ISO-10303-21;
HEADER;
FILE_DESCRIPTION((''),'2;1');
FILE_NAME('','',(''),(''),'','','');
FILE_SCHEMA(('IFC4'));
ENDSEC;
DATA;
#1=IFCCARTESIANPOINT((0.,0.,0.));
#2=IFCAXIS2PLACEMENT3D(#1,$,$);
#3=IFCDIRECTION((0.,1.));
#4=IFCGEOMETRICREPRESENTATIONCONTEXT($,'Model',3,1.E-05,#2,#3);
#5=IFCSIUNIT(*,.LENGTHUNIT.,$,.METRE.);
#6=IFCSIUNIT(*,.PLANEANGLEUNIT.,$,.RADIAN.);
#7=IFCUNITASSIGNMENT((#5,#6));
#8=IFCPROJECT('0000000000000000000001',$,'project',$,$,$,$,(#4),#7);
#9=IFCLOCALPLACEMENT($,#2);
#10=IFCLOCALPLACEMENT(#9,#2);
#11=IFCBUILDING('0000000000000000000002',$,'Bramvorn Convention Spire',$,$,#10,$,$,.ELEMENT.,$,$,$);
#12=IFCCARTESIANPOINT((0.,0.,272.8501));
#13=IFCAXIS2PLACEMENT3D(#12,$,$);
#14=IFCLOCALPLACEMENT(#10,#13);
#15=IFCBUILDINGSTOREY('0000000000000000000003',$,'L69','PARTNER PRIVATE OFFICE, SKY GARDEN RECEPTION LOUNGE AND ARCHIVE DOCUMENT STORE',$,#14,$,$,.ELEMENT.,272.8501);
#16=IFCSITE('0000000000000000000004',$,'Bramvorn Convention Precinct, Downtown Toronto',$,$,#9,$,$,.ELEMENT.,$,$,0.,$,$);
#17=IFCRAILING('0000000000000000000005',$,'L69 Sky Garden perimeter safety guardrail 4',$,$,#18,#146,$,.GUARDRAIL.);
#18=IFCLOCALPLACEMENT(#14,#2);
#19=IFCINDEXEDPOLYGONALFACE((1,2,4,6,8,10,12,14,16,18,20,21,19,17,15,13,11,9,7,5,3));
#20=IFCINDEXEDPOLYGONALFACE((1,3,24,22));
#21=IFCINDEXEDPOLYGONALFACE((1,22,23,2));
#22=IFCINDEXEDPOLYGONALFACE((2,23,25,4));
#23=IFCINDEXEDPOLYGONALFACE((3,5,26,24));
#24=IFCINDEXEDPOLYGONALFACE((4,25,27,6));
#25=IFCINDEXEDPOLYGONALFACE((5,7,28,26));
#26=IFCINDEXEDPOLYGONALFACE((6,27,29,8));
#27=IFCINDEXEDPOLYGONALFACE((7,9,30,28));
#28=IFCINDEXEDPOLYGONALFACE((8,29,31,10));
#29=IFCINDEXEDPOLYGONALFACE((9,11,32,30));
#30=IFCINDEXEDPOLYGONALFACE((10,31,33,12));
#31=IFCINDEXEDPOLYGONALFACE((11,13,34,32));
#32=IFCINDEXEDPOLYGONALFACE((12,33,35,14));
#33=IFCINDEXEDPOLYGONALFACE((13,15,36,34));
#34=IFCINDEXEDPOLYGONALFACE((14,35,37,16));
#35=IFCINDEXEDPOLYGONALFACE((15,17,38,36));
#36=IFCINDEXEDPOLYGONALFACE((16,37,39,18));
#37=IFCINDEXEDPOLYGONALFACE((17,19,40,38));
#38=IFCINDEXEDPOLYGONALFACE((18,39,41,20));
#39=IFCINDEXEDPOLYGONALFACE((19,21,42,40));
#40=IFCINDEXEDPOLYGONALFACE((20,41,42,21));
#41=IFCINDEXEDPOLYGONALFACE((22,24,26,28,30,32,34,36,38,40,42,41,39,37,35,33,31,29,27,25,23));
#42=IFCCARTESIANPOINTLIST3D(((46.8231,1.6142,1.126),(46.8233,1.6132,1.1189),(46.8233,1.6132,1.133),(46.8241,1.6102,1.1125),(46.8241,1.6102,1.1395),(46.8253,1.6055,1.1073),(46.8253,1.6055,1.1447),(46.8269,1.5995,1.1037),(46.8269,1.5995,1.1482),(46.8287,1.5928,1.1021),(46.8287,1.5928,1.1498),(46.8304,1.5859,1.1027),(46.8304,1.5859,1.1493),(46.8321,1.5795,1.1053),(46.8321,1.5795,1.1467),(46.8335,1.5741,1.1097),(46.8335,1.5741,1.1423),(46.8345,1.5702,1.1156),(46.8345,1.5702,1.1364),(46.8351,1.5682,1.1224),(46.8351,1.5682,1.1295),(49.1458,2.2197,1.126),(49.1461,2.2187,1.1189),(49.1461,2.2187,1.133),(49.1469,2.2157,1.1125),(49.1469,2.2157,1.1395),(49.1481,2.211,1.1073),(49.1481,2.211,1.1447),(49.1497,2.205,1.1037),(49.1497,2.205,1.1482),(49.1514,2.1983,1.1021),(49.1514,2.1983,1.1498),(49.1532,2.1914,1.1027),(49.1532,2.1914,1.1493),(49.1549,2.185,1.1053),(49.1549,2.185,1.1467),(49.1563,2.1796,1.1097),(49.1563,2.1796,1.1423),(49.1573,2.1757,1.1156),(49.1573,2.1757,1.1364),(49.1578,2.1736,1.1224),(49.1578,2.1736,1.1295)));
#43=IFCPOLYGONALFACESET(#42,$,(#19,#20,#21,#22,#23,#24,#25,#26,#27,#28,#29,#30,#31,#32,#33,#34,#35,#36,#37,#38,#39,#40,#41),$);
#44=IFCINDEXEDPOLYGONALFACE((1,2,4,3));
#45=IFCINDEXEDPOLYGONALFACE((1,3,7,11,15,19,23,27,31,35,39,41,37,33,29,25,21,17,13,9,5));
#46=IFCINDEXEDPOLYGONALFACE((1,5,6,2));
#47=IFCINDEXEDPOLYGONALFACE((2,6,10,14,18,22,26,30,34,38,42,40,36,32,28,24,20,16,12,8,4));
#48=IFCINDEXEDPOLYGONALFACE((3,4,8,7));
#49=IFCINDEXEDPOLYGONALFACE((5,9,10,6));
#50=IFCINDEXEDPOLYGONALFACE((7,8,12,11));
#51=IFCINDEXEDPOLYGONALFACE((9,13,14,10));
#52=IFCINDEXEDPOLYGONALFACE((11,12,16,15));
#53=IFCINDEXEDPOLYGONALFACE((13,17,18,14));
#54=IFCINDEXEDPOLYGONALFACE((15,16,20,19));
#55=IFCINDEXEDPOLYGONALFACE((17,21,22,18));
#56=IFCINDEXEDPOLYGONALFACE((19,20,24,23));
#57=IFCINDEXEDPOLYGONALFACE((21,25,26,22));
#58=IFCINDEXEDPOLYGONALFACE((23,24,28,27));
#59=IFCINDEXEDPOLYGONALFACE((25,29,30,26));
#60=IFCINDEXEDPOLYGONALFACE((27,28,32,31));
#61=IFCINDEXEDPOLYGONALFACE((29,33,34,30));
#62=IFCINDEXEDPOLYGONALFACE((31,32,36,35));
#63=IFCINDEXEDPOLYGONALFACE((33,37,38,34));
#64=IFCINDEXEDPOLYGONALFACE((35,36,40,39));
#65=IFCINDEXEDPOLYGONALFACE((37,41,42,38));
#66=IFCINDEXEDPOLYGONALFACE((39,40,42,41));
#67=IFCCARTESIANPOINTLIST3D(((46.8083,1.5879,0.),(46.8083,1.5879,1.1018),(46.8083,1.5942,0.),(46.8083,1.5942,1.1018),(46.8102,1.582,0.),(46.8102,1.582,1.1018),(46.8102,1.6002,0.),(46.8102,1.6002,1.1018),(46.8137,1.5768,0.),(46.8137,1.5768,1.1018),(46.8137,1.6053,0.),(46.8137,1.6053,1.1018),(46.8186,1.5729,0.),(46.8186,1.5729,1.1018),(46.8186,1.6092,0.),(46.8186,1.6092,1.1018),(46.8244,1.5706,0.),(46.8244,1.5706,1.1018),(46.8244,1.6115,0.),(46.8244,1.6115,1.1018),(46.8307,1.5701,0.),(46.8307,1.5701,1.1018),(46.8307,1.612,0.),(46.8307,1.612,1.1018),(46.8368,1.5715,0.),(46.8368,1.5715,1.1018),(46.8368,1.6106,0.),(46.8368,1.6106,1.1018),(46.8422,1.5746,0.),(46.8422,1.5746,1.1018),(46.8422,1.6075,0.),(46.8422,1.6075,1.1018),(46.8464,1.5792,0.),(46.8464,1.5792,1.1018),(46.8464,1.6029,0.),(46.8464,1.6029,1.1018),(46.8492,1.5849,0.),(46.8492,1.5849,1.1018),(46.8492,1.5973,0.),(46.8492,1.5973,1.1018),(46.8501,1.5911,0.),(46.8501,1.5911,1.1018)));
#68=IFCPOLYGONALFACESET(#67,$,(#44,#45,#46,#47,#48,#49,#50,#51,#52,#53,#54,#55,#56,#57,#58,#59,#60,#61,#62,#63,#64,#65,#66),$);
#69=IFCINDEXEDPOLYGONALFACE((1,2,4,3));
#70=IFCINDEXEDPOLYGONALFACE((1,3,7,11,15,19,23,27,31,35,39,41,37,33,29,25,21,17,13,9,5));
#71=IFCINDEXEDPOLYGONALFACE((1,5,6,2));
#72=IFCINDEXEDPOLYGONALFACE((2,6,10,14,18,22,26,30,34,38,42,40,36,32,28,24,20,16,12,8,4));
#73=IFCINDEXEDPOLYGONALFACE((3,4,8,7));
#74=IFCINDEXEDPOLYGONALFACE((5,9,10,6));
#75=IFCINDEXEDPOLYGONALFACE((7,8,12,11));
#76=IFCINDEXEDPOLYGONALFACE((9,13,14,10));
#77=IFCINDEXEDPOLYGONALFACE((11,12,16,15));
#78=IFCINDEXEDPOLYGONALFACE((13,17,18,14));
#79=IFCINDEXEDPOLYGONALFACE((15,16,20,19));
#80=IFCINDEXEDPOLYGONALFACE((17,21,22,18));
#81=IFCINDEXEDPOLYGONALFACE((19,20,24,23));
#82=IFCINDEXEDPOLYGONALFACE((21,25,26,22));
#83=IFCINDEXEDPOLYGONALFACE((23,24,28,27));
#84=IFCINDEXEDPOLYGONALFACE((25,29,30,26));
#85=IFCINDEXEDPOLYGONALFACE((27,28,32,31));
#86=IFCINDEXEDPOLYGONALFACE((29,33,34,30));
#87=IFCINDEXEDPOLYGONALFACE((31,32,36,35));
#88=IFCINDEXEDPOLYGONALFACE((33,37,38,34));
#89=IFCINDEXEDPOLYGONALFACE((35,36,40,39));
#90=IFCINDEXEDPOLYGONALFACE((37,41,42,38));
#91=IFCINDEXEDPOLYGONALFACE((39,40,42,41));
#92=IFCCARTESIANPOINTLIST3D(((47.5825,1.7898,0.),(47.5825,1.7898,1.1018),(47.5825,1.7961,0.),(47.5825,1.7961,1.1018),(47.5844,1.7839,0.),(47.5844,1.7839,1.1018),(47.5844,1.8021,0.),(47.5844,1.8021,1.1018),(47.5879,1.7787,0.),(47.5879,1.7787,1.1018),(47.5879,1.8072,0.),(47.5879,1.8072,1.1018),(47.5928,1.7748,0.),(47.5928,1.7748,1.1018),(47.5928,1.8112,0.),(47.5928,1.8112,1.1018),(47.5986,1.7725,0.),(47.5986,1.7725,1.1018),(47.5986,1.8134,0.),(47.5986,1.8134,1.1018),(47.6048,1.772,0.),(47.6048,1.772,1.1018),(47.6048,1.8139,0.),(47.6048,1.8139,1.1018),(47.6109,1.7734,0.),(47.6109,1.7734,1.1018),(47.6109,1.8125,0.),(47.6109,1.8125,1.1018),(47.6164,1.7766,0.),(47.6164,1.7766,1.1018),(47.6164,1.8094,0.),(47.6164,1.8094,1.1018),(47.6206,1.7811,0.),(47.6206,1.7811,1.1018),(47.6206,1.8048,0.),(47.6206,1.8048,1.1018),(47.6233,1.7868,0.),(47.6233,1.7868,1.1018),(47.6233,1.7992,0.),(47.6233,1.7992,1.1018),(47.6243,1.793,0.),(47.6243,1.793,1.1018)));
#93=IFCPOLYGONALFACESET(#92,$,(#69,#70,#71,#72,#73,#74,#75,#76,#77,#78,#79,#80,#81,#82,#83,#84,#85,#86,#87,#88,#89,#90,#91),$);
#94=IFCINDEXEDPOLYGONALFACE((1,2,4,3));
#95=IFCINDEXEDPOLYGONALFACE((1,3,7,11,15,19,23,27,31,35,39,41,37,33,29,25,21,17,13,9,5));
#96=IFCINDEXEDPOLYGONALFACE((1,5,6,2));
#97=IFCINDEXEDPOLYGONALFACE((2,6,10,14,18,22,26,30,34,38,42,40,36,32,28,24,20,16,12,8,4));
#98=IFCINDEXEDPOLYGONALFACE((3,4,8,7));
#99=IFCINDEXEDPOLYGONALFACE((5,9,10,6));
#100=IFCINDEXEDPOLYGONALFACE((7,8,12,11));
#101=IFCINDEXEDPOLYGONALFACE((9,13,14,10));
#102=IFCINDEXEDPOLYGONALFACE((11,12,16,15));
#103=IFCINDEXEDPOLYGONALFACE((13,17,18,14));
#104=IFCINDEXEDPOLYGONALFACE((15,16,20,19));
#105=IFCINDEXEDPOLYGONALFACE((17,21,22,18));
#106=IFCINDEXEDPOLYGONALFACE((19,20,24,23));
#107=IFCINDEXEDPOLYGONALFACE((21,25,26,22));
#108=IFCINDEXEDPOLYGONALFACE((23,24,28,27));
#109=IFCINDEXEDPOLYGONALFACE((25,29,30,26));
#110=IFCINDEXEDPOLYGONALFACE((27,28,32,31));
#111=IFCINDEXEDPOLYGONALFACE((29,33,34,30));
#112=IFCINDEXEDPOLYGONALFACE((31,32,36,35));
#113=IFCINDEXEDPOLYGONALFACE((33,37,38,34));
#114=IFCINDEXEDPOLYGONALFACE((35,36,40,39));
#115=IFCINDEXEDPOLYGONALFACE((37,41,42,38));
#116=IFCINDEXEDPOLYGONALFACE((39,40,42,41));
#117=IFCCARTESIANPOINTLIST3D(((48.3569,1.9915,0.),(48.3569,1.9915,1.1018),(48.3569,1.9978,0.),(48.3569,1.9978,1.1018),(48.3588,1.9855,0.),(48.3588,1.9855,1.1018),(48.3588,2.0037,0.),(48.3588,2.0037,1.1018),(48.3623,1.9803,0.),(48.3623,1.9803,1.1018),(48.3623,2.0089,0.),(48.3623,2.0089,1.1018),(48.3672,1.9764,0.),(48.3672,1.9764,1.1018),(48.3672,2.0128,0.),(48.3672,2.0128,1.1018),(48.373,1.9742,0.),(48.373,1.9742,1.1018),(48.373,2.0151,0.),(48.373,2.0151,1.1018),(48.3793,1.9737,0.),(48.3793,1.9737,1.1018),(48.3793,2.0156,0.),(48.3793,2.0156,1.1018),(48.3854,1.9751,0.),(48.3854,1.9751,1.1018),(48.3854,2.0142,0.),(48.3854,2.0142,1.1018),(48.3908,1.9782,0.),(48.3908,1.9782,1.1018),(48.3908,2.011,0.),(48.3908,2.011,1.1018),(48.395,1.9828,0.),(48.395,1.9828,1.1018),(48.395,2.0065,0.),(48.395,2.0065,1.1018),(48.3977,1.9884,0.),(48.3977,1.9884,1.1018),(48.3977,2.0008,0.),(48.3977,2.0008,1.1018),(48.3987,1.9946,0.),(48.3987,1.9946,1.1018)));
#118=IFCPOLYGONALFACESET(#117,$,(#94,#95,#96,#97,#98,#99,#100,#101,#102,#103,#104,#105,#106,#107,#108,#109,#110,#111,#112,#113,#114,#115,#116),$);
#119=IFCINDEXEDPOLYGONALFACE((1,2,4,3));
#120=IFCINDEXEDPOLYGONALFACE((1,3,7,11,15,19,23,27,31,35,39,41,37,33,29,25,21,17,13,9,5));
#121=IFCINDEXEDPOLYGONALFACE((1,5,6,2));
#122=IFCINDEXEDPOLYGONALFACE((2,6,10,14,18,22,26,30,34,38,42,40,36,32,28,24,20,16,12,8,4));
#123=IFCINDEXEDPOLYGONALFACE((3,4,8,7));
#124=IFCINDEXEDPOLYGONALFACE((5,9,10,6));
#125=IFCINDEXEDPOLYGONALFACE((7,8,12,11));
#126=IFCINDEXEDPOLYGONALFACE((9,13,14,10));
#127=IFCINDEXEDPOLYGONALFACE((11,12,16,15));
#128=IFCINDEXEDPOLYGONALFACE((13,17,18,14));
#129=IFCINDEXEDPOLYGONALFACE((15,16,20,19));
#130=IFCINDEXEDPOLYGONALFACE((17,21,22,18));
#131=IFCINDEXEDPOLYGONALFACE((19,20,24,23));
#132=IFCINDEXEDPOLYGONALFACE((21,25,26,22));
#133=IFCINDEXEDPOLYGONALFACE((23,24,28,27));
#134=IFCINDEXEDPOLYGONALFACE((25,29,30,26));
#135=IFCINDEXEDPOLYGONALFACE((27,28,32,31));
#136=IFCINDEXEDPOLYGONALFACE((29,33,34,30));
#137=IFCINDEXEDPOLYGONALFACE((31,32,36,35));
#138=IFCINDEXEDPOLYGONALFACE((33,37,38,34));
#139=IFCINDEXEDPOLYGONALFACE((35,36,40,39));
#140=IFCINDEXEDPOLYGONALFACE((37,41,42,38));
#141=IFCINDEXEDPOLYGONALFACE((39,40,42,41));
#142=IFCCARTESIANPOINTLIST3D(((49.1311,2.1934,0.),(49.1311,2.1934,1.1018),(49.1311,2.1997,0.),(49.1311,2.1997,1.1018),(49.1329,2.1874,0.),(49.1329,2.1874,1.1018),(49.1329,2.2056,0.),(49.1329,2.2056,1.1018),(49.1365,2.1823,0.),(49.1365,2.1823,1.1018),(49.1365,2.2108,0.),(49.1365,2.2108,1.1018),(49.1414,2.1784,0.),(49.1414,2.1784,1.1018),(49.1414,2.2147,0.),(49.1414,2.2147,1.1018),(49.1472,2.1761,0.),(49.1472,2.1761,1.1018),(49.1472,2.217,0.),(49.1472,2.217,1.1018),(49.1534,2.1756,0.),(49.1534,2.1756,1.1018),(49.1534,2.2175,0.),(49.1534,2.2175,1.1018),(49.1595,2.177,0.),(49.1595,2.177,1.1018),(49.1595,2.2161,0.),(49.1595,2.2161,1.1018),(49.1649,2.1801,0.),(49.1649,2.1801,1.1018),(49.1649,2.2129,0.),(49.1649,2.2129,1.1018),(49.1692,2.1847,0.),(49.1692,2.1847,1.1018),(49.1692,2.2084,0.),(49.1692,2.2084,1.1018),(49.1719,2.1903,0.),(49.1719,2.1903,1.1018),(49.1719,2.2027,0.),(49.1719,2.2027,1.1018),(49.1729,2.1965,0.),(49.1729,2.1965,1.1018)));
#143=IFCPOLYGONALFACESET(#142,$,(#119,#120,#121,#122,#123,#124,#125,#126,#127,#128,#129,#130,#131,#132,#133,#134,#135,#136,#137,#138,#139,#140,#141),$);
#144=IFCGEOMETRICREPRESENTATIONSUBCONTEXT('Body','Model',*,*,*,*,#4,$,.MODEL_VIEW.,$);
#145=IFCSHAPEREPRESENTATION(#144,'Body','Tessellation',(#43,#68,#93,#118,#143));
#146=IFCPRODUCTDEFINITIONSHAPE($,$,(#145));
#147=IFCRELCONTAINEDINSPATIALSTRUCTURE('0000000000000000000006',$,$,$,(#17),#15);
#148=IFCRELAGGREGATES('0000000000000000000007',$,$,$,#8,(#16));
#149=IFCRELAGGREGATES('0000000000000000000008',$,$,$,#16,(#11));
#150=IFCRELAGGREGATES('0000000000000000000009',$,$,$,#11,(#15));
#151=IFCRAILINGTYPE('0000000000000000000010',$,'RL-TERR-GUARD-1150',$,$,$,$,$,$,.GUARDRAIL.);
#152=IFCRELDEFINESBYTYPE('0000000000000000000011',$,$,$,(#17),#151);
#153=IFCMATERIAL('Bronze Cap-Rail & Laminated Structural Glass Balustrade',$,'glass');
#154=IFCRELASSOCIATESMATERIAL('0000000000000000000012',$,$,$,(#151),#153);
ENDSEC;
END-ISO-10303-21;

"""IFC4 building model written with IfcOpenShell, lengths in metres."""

from ifc_helpers import new_model, si_unit, direction, frame, origin, origin_2d, place, context, subcontext, project, spatial, circle, extrude, material, type_object, element, save


model = new_model("IFC4")

# Units and contexts
model_context = context("Model", 3, precision=1e-05, world=origin(), true_north=direction((0.0, 1.0)))
body_context = subcontext(model_context, "Body", "Model", "MODEL_VIEW")
ifc_project = project(units=[si_unit("LENGTHUNIT", "METRE"), si_unit("PLANEANGLEUNIT", "RADIAN")], contexts=[model_context])

# Site, building, storey
site_placement = place(None, origin())
site = spatial("IfcSite", under=ifc_project, at=site_placement, Name="Bramvorn Convention Precinct, Downtown Toronto", CompositionType="ELEMENT", RefElevation=0.0)
building_placement = place(site_placement, origin())
building = spatial("IfcBuilding", under=site, at=building_placement, Name="Bramvorn Convention Spire", CompositionType="ELEMENT")
storey_placement = place(building_placement, frame((0.0, 0.0, 272.8501)))
storey = spatial("IfcBuildingStorey", under=building, at=storey_placement, Name="L69", Description="PARTNER PRIVATE OFFICE, SKY GARDEN RECEPTION LOUNGE AND ARCHIVE DOCUMENT STORE", CompositionType="ELEMENT", Elevation=272.8501)

# Railing
ifc_material_1 = material(Name="Bronze Cap-Rail & Laminated Structural Glass Balustrade", Category="glass")
railing_type = type_object("IfcRailingType", Name="RL-TERR-GUARD-1150", PredefinedType="GUARDRAIL", material=ifc_material_1)
railing_1_placement = place(storey_placement, frame((46.8291, 1.5911, 0.0)))
element("IfcRailing", 1, at=railing_1_placement, inside=storey, type_object=railing_type, Name="L69 Sky Garden perimeter safety guardrail 4", PredefinedType="GUARDRAIL", context=body_context, shape_type="SweptSolid", body=[
    extrude(circle(Radius=0.0239, at=origin_2d()), frame((0.0, 0.0, 1.126), z_axis=(0.967665, 0.25224, 0.0), x_axis=(-0.25224, 0.967665, 0.0)), (0.0, 0.0, 1.0), 2.4004),
    extrude(circle(Radius=0.021, at=origin_2d()), origin(), (0.0, 0.0, 1.0), 1.1018),
    extrude(circle(Radius=0.021, at=origin_2d()), frame((0.7742, 0.2019, 0.0)), (0.0, 0.0, 1.0), 1.1018),
    extrude(circle(Radius=0.021, at=origin_2d()), frame((1.5486, 0.4036, 0.0)), (0.0, 0.0, 1.0), 1.1018),
    extrude(circle(Radius=0.021, at=origin_2d()), frame((2.3228, 0.6055, 0.0)), (0.0, 0.0, 1.0), 1.1018),
])

save(model, "model.ifc")
